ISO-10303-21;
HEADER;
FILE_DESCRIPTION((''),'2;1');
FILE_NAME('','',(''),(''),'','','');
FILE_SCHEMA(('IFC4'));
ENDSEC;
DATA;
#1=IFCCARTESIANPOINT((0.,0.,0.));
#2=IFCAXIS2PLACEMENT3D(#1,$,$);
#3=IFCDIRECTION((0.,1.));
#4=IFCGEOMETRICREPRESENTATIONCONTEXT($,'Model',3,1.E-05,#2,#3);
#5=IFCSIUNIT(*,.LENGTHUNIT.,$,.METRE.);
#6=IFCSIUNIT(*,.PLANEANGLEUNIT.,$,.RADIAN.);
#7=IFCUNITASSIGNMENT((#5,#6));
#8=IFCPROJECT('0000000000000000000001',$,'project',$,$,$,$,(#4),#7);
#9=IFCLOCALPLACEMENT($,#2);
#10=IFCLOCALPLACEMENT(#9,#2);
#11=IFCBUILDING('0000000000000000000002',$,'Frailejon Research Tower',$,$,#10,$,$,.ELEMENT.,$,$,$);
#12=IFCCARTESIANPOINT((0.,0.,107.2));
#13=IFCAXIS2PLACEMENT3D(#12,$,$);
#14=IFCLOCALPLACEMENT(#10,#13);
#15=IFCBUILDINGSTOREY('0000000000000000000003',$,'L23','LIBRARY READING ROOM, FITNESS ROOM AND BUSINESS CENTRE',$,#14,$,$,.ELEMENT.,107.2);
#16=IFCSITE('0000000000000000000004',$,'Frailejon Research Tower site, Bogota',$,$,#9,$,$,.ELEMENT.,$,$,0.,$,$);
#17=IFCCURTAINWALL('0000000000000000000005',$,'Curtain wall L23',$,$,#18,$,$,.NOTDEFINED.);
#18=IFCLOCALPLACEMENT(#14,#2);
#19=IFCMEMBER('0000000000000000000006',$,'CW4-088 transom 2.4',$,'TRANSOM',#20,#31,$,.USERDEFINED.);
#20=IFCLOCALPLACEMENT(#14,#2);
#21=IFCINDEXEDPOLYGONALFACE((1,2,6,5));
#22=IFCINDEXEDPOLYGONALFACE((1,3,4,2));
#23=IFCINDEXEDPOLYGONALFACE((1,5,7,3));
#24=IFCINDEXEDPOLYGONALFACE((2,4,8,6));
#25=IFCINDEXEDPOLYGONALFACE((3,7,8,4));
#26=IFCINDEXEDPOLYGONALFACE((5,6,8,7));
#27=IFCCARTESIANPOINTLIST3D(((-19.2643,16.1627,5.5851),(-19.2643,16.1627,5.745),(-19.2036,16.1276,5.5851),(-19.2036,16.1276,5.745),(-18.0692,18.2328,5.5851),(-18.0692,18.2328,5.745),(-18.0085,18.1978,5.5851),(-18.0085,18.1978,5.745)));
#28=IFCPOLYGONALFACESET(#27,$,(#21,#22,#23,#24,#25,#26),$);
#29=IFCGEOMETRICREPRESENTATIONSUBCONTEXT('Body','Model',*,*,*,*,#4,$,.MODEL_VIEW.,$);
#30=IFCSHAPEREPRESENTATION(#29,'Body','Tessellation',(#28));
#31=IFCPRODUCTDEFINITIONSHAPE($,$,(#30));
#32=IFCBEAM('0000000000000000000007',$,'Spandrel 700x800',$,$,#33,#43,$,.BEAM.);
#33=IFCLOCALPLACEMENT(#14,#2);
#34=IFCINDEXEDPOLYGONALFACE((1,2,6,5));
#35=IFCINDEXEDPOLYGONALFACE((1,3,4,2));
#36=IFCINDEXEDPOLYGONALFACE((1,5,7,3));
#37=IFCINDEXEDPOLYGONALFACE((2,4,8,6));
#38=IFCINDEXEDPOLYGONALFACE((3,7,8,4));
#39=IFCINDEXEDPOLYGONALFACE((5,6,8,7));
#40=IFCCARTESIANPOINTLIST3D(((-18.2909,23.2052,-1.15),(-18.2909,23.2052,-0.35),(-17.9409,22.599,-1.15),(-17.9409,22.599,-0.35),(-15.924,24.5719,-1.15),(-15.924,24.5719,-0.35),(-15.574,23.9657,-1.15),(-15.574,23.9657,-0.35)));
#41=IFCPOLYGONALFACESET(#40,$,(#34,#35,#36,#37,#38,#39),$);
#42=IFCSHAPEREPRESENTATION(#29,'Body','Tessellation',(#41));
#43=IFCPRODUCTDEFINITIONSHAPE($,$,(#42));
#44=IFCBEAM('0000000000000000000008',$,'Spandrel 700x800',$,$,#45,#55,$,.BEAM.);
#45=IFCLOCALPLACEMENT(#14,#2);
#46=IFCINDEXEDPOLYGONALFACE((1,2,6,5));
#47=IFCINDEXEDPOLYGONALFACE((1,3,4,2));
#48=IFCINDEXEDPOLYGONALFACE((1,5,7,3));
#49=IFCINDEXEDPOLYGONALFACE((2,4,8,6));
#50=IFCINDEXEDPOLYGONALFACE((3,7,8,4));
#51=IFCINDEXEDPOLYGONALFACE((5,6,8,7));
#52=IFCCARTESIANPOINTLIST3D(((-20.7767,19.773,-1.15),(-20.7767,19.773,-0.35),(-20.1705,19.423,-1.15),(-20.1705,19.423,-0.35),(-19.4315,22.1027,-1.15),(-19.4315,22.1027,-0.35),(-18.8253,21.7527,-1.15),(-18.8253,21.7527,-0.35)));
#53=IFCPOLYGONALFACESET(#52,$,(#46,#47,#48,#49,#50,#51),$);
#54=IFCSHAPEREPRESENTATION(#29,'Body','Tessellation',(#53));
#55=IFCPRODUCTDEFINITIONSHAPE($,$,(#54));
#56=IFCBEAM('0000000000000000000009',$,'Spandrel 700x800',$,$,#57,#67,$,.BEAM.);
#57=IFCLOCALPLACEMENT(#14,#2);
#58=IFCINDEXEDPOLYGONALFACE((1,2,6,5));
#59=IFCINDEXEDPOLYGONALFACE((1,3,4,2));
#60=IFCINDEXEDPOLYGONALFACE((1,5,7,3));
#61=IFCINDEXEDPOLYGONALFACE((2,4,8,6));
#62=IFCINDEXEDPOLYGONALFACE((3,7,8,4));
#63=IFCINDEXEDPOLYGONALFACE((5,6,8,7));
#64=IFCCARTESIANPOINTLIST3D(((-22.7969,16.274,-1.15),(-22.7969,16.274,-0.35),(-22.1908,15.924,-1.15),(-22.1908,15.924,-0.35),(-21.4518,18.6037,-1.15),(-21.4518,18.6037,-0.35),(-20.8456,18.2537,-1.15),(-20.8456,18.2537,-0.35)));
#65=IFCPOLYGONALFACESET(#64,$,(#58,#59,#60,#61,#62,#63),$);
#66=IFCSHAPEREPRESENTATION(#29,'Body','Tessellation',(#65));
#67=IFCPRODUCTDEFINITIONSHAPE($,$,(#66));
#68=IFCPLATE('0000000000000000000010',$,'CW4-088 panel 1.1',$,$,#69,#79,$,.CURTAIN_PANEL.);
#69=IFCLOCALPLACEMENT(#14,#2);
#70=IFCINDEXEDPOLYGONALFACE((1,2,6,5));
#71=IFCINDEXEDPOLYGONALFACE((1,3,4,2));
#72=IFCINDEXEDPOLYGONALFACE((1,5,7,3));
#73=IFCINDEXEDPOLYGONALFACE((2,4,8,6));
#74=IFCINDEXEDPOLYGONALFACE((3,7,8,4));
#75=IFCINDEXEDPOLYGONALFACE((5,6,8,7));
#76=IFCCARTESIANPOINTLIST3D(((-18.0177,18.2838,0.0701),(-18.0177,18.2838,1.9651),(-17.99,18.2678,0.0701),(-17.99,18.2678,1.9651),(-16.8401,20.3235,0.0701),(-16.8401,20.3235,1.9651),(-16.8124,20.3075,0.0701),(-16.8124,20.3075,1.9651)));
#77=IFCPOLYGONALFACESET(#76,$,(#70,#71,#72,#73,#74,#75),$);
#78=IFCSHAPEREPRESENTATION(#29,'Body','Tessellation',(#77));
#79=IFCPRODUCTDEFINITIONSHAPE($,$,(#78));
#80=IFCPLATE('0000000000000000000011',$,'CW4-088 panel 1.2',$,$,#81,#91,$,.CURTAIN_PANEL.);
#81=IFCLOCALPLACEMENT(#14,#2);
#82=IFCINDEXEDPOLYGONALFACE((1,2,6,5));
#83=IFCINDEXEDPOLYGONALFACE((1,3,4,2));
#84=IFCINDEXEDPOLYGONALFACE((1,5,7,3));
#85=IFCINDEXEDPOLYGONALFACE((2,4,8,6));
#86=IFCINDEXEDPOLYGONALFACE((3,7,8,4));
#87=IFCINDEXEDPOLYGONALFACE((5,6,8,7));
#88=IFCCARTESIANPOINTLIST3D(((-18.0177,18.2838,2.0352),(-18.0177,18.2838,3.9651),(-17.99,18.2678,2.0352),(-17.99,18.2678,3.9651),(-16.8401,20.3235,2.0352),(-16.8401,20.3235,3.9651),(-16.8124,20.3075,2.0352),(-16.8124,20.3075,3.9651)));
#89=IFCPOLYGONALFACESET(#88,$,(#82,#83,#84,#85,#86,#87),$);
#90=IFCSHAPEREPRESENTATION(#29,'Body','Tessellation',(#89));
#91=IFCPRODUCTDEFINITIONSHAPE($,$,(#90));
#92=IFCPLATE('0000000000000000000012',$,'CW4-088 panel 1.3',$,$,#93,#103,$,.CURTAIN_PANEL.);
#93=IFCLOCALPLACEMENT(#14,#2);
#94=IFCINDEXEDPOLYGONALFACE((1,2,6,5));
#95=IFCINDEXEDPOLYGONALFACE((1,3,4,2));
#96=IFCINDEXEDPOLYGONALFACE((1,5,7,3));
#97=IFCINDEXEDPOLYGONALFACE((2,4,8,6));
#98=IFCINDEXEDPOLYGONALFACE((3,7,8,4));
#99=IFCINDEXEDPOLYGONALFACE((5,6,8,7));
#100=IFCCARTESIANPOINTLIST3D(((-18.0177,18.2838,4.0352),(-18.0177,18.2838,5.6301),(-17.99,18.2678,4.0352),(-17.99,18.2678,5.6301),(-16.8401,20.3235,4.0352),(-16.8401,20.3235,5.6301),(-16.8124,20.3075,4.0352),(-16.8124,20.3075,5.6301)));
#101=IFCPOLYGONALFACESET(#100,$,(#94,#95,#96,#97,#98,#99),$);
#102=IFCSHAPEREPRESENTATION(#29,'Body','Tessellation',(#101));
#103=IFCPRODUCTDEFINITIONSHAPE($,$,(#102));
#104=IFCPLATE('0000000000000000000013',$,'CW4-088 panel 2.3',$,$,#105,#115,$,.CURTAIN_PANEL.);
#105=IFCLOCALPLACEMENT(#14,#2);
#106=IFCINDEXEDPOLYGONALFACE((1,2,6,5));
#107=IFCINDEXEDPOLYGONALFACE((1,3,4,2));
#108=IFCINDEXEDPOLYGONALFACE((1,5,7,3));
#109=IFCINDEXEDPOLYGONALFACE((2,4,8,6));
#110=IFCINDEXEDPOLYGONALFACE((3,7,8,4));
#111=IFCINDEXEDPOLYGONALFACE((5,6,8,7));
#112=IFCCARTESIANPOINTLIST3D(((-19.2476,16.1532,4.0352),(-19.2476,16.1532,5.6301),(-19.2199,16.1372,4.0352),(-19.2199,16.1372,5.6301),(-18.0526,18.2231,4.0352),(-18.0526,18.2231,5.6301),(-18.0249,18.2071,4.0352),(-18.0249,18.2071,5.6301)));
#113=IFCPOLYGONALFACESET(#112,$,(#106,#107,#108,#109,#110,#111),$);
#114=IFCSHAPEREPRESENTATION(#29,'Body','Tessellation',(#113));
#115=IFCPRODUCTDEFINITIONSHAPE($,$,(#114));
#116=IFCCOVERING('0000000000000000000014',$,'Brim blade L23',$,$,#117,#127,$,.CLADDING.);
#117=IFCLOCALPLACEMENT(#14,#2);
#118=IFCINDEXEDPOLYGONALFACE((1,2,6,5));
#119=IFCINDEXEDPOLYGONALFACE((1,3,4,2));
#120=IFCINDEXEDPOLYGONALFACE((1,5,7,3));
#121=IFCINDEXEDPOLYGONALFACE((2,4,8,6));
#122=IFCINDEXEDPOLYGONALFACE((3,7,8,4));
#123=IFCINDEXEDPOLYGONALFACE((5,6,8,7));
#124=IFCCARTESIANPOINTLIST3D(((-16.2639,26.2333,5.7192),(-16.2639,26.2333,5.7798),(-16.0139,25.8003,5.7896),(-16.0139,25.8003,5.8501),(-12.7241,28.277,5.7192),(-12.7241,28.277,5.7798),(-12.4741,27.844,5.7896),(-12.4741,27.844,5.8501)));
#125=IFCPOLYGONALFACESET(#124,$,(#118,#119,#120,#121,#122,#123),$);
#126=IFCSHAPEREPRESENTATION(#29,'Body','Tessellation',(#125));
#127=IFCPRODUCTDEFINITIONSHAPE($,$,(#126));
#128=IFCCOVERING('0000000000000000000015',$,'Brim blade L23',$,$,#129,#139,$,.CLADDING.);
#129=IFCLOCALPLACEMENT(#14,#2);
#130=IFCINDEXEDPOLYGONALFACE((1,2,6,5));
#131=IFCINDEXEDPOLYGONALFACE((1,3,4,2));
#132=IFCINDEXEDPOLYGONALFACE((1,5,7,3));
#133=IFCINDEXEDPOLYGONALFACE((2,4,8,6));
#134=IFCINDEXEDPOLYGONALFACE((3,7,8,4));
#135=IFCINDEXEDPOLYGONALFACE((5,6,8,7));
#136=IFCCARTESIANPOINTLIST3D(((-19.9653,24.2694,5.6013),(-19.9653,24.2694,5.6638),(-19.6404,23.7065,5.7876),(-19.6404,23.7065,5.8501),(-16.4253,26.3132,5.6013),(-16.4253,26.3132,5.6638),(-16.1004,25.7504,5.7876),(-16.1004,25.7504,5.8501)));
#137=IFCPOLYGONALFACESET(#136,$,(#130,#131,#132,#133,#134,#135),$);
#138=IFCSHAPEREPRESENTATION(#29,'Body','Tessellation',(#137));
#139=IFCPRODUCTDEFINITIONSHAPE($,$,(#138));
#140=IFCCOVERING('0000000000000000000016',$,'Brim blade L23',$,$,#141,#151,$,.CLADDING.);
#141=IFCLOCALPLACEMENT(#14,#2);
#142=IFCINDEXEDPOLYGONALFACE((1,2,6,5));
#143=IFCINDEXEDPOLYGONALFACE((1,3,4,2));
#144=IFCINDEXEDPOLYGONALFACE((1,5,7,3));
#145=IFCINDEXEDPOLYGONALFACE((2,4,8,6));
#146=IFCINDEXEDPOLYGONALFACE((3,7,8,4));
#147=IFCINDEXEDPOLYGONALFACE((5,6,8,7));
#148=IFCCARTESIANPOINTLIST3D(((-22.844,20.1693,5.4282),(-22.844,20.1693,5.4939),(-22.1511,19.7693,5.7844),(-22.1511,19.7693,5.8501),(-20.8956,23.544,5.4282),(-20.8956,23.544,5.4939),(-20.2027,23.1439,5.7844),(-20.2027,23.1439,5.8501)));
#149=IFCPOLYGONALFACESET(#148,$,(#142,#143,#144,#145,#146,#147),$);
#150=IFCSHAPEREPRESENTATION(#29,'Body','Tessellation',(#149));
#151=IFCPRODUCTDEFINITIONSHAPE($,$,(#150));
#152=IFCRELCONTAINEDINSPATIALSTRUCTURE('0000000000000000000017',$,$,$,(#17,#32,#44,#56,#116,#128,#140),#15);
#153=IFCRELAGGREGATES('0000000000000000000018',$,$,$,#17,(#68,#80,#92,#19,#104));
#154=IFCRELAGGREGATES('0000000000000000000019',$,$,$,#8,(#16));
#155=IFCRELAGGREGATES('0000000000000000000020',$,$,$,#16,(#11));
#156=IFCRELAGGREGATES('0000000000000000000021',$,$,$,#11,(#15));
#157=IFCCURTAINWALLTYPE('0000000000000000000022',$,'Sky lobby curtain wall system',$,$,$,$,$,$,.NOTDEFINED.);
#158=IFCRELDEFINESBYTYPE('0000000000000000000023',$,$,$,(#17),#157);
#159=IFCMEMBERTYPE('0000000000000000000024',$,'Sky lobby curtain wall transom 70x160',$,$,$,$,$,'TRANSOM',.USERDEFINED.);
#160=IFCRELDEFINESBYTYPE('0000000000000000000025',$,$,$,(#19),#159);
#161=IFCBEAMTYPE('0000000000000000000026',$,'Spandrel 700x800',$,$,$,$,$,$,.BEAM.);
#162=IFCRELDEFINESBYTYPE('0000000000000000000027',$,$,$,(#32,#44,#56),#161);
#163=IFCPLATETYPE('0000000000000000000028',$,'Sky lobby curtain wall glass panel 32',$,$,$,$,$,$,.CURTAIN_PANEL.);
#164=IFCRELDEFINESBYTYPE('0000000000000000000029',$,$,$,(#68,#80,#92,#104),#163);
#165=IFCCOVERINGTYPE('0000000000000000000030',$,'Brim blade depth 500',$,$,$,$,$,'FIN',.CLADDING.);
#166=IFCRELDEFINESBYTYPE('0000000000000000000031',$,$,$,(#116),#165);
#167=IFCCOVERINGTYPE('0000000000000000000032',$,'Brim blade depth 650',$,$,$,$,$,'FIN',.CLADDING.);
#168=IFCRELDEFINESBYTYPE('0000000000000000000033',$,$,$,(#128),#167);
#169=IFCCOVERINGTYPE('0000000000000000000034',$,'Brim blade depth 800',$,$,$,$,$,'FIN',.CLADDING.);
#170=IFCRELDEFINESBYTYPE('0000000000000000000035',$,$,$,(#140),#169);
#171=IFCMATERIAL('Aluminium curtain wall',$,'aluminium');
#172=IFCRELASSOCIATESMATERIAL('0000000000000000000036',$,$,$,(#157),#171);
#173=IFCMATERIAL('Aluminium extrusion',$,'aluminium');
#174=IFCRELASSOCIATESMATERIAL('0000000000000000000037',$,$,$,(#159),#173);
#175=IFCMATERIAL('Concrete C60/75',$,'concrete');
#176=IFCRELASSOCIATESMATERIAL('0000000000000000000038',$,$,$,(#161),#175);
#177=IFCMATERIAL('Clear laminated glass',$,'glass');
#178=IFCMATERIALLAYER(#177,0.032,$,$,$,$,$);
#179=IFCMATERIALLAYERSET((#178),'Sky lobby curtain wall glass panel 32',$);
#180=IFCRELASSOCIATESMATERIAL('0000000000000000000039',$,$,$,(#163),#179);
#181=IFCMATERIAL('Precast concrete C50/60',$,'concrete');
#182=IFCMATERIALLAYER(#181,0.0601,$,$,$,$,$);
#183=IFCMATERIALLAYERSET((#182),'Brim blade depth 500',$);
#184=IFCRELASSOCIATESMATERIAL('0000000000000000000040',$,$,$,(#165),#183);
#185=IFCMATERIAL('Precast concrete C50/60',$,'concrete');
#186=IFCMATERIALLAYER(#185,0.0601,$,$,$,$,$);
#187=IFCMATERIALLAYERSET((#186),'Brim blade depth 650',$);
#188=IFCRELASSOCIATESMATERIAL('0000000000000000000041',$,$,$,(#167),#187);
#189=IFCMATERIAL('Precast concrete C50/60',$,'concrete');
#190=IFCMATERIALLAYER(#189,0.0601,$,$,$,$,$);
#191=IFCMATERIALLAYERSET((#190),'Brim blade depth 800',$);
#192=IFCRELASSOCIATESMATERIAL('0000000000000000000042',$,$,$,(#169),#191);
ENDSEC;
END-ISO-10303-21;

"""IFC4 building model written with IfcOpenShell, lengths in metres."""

from ifc_helpers import new_model, si_unit, direction, frame, origin, origin_2d, place, context, subcontext, project, spatial, polyline, rectangle, outline, extrude, material, layer, layer_set, material_profile, profile_set, type_object, element, aggregate, save


model = new_model("IFC4")

# Units and contexts
model_context = context("Model", 3, precision=1e-05, world=origin(), true_north=direction((0.0, 1.0)))
body_context = subcontext(model_context, "Body", "Model", "MODEL_VIEW")
ifc_project = project(units=[si_unit("LENGTHUNIT", "METRE"), si_unit("PLANEANGLEUNIT", "RADIAN")], contexts=[model_context])

# Site, building, storey
site_placement = place(None, origin())
site = spatial("IfcSite", under=ifc_project, at=site_placement, Name="Frailejon Research Tower site, Bogota", CompositionType="ELEMENT", RefElevation=0.0)
building_placement = place(site_placement, origin())
building = spatial("IfcBuilding", under=site, at=building_placement, Name="Frailejon Research Tower", CompositionType="ELEMENT")
storey_placement = place(building_placement, frame((0.0, 0.0, 107.2)))
storey = spatial("IfcBuildingStorey", under=building, at=storey_placement, Name="L23", Description="LIBRARY READING ROOM, FITNESS ROOM AND BUSINESS CENTRE", CompositionType="ELEMENT", Elevation=107.2)

# Shared definitions
ifc_material_1 = material(Name="Aluminium curtain wall", Category="aluminium")
curtain_wall_type = type_object("IfcCurtainWallType", Name="Sky lobby curtain wall system", PredefinedType="NOTDEFINED", material=ifc_material_1)

# Curtain wall, member
curtain_wall_1_placement = place(storey_placement, origin())
curtain_wall_1 = element("IfcCurtainWall", 1, at=curtain_wall_1_placement, inside=storey, type_object=curtain_wall_type, Name="Curtain wall L23", PredefinedType="NOTDEFINED")
ifc_material_2 = material(Name="Aluminium extrusion", Category="aluminium")
ifc_material_profile_1 = material_profile(ifc_material_2, rectangle(XDim=0.0701, YDim=0.1599, at=origin_2d()), Name="Sky lobby curtain wall transom 70x160")
ifc_profile_set_1 = profile_set([ifc_material_profile_1], Name="Aluminium extrusion")
member_type_1 = type_object("IfcMemberType", Name="Sky lobby curtain wall transom 70x160", ElementType="TRANSOM", PredefinedType="USERDEFINED", material=ifc_profile_set_1)
member_1_placement = place(storey_placement, frame((-18.0388, 18.2153, 5.665), z_axis=(-0.499973, -0.866041, 0.0), x_axis=(0.866041, -0.499973, 0.0)))
member_1 = element("IfcMember", 2, at=member_1_placement, type_object=member_type_1, Name="CW4-088 transom 2.4", ObjectType="TRANSOM", PredefinedType="USERDEFINED", context=body_context, shape_type="SweptSolid", body=[
    extrude(rectangle(XDim=0.0701, YDim=0.1599, at=origin_2d()), origin(), (0.0, 0.0, 1.0), 2.3904),
])

# Beams
ifc_material_3 = material(Name="Concrete C60/75", Category="concrete")
ifc_material_profile_2 = material_profile(ifc_material_3, rectangle(XDim=0.7, YDim=0.8, at=origin_2d()), Name="Spandrel 700x800")
ifc_profile_set_2 = profile_set([ifc_material_profile_2], Name="Concrete C60/75")
beam_type_1 = type_object("IfcBeamType", Name="Spandrel 700x800", PredefinedType="BEAM", material=ifc_profile_set_2)
beam_1_placement = place(storey_placement, frame((-15.749, 24.2688, -0.75), z_axis=(-0.866003, -0.500039, 0.0), x_axis=(0.500039, -0.866003, 0.0)))
element("IfcBeam", 3, at=beam_1_placement, inside=storey, type_object=beam_type_1, Name="Spandrel 700x800", PredefinedType="BEAM", context=body_context, shape_type="SweptSolid", body=[
    extrude(rectangle(XDim=0.7, YDim=0.8, at=origin_2d()), origin(), (0.0, 0.0, 1.0), 2.7332),
])
for number, where, z_axis, x_axis, name in (
    (4, (-19.1284, 21.9277, -0.75), (-0.500024, -0.866012, 0.0), (0.866012, -0.500024, 0.0), "Spandrel 700x800"),
    (5, (-21.1487, 18.4287, -0.75), (-0.500024, -0.866012, 0.0), (0.866012, -0.500024, 0.0), "Spandrel 700x800"),
):
    element("IfcBeam", number, at=place(storey_placement, frame(where, z_axis=z_axis, x_axis=x_axis)), inside=storey, type_object=beam_type_1, Name=name, PredefinedType="BEAM", context=body_context, shape_type="SweptSolid", body=[
        extrude(rectangle(XDim=0.7, YDim=0.8, at=origin_2d()), origin(), (0.0, 0.0, 1.0), 2.6902),
    ])

# Plates
ifc_material_4 = material(Name="Clear laminated glass", Category="glass")
ifc_layer_1 = layer(ifc_material_4, 0.032)
ifc_layer_set_1 = layer_set([ifc_layer_1], Name="Sky lobby curtain wall glass panel 32")
plate_type = type_object("IfcPlateType", Name="Sky lobby curtain wall glass panel 32", PredefinedType="CURTAIN_PANEL", material=ifc_layer_set_1)
plate_1_placement = place(storey_placement, frame((-17.415, 19.2957, 0.0701), z_axis=(0.0, 0.0, 1.0), x_axis=(-0.499995, -0.866028, 0.0)))
plate_1 = element("IfcPlate", 6, at=plate_1_placement, type_object=plate_type, Name="CW4-088 panel 1.1", PredefinedType="CURTAIN_PANEL", context=body_context, shape_type="SweptSolid", body=[
    extrude(rectangle(XDim=2.3552, YDim=0.032, at=origin_2d()), origin(), (0.0, 0.0, 1.0), 1.895),
])
plate_2_placement = place(storey_placement, frame((-17.415, 19.2957, 2.0352), z_axis=(0.0, 0.0, 1.0), x_axis=(-0.499995, -0.866028, 0.0)))
plate_2 = element("IfcPlate", 7, at=plate_2_placement, type_object=plate_type, Name="CW4-088 panel 1.2", PredefinedType="CURTAIN_PANEL", context=body_context, shape_type="SweptSolid", body=[
    extrude(rectangle(XDim=2.3552, YDim=0.032, at=origin_2d()), origin(), (0.0, 0.0, 1.0), 1.9299),
])
plate_3_placement = place(storey_placement, frame((-17.415, 19.2957, 4.0352), z_axis=(0.0, 0.0, 1.0), x_axis=(-0.499995, -0.866028, 0.0)))
plate_3 = element("IfcPlate", 8, at=plate_3_placement, type_object=plate_type, Name="CW4-088 panel 1.3", PredefinedType="CURTAIN_PANEL", context=body_context, shape_type="SweptSolid", body=[
    extrude(rectangle(XDim=2.3552, YDim=0.032, at=origin_2d()), origin(), (0.0, 0.0, 1.0), 1.595),
])
plate_4_placement = place(storey_placement, frame((-18.6362, 17.1802, 4.0352), z_axis=(0.0, 0.0, 1.0), x_axis=(-0.499995, -0.866028, 0.0)))
plate_4 = element("IfcPlate", 9, at=plate_4_placement, type_object=plate_type, Name="CW4-088 panel 2.3", PredefinedType="CURTAIN_PANEL", context=body_context, shape_type="SweptSolid", body=[
    extrude(rectangle(XDim=2.3901, YDim=0.032, at=origin_2d()), origin(), (0.0, 0.0, 1.0), 1.595),
])
aggregate(curtain_wall_1, [plate_1, plate_2, plate_3, member_1, plate_4])

# Coverings
ifc_material_5 = material(Name="Precast concrete C50/60", Category="concrete")
ifc_layer_2 = layer(ifc_material_5, 0.0601)
ifc_layer_set_2 = layer_set([ifc_layer_2], Name="Brim blade depth 500")
covering_type_1 = type_object("IfcCoveringType", Name="Brim blade depth 500", ElementType="FIN", PredefinedType="CLADDING", material=ifc_layer_set_2)
covering_1_placement = place(storey_placement, frame((-16.0139, 25.8003, 5.8501), z_axis=(0.866021, 0.500007, 0.0), x_axis=(-0.500007, 0.866021, 0.0)))
element("IfcCovering", 10, at=covering_1_placement, inside=storey, type_object=covering_type_1, Name="Brim blade L23", PredefinedType="CLADDING", context=body_context, shape_type="SweptSolid", body=[
    extrude(outline(polyline([(0.0, -0.0605), (0.5, -0.1309), (0.5, -0.0703), (0.0, 0.0), (0.0, -0.0605)])), origin(), (0.0, 0.0, 1.0), 4.0874),
])
ifc_material_6 = material(Name="Precast concrete C50/60", Category="concrete")
ifc_layer_3 = layer(ifc_material_6, 0.0601)
ifc_layer_set_3 = layer_set([ifc_layer_3], Name="Brim blade depth 650")
covering_type_2 = type_object("IfcCoveringType", Name="Brim blade depth 650", ElementType="FIN", PredefinedType="CLADDING", material=ifc_layer_set_3)
covering_2_placement = place(storey_placement, frame((-19.6404, 23.7065, 5.8501), z_axis=(0.866027, 0.499997, 0.0), x_axis=(-0.499997, 0.866027, 0.0)))
element("IfcCovering", 11, at=covering_2_placement, inside=storey, type_object=covering_type_2, Name="Brim blade L23", PredefinedType="CLADDING", context=body_context, shape_type="SweptSolid", body=[
    extrude(outline(polyline([(0.0, -0.0625), (0.6499, -0.2488), (0.6499, -0.1863), (0.0, 0.0), (0.0, -0.0625)])), origin(), (0.0, 0.0, 1.0), 4.0876),
])
ifc_material_7 = material(Name="Precast concrete C50/60", Category="concrete")
ifc_layer_4 = layer(ifc_material_7, 0.0601)
ifc_layer_set_4 = layer_set([ifc_layer_4], Name="Brim blade depth 800")
covering_type_3 = type_object("IfcCoveringType", Name="Brim blade depth 800", ElementType="FIN", PredefinedType="CLADDING", material=ifc_layer_set_4)
covering_3_placement = place(storey_placement, frame((-22.1511, 19.7693, 5.8501), z_axis=(0.500003, 0.866024, 0.0), x_axis=(-0.866024, 0.500003, 0.0)))
element("IfcCovering", 12, at=covering_3_placement, inside=storey, type_object=covering_type_3, Name="Brim blade L23", PredefinedType="CLADDING", context=body_context, shape_type="SweptSolid", body=[
    extrude(outline(polyline([(0.0, -0.0657), (0.8, -0.4219), (0.8, -0.3562), (0.0, 0.0), (0.0, -0.0657)])), origin(), (0.0, 0.0, 1.0), 3.8967),
])

save(model, "model.ifc")
